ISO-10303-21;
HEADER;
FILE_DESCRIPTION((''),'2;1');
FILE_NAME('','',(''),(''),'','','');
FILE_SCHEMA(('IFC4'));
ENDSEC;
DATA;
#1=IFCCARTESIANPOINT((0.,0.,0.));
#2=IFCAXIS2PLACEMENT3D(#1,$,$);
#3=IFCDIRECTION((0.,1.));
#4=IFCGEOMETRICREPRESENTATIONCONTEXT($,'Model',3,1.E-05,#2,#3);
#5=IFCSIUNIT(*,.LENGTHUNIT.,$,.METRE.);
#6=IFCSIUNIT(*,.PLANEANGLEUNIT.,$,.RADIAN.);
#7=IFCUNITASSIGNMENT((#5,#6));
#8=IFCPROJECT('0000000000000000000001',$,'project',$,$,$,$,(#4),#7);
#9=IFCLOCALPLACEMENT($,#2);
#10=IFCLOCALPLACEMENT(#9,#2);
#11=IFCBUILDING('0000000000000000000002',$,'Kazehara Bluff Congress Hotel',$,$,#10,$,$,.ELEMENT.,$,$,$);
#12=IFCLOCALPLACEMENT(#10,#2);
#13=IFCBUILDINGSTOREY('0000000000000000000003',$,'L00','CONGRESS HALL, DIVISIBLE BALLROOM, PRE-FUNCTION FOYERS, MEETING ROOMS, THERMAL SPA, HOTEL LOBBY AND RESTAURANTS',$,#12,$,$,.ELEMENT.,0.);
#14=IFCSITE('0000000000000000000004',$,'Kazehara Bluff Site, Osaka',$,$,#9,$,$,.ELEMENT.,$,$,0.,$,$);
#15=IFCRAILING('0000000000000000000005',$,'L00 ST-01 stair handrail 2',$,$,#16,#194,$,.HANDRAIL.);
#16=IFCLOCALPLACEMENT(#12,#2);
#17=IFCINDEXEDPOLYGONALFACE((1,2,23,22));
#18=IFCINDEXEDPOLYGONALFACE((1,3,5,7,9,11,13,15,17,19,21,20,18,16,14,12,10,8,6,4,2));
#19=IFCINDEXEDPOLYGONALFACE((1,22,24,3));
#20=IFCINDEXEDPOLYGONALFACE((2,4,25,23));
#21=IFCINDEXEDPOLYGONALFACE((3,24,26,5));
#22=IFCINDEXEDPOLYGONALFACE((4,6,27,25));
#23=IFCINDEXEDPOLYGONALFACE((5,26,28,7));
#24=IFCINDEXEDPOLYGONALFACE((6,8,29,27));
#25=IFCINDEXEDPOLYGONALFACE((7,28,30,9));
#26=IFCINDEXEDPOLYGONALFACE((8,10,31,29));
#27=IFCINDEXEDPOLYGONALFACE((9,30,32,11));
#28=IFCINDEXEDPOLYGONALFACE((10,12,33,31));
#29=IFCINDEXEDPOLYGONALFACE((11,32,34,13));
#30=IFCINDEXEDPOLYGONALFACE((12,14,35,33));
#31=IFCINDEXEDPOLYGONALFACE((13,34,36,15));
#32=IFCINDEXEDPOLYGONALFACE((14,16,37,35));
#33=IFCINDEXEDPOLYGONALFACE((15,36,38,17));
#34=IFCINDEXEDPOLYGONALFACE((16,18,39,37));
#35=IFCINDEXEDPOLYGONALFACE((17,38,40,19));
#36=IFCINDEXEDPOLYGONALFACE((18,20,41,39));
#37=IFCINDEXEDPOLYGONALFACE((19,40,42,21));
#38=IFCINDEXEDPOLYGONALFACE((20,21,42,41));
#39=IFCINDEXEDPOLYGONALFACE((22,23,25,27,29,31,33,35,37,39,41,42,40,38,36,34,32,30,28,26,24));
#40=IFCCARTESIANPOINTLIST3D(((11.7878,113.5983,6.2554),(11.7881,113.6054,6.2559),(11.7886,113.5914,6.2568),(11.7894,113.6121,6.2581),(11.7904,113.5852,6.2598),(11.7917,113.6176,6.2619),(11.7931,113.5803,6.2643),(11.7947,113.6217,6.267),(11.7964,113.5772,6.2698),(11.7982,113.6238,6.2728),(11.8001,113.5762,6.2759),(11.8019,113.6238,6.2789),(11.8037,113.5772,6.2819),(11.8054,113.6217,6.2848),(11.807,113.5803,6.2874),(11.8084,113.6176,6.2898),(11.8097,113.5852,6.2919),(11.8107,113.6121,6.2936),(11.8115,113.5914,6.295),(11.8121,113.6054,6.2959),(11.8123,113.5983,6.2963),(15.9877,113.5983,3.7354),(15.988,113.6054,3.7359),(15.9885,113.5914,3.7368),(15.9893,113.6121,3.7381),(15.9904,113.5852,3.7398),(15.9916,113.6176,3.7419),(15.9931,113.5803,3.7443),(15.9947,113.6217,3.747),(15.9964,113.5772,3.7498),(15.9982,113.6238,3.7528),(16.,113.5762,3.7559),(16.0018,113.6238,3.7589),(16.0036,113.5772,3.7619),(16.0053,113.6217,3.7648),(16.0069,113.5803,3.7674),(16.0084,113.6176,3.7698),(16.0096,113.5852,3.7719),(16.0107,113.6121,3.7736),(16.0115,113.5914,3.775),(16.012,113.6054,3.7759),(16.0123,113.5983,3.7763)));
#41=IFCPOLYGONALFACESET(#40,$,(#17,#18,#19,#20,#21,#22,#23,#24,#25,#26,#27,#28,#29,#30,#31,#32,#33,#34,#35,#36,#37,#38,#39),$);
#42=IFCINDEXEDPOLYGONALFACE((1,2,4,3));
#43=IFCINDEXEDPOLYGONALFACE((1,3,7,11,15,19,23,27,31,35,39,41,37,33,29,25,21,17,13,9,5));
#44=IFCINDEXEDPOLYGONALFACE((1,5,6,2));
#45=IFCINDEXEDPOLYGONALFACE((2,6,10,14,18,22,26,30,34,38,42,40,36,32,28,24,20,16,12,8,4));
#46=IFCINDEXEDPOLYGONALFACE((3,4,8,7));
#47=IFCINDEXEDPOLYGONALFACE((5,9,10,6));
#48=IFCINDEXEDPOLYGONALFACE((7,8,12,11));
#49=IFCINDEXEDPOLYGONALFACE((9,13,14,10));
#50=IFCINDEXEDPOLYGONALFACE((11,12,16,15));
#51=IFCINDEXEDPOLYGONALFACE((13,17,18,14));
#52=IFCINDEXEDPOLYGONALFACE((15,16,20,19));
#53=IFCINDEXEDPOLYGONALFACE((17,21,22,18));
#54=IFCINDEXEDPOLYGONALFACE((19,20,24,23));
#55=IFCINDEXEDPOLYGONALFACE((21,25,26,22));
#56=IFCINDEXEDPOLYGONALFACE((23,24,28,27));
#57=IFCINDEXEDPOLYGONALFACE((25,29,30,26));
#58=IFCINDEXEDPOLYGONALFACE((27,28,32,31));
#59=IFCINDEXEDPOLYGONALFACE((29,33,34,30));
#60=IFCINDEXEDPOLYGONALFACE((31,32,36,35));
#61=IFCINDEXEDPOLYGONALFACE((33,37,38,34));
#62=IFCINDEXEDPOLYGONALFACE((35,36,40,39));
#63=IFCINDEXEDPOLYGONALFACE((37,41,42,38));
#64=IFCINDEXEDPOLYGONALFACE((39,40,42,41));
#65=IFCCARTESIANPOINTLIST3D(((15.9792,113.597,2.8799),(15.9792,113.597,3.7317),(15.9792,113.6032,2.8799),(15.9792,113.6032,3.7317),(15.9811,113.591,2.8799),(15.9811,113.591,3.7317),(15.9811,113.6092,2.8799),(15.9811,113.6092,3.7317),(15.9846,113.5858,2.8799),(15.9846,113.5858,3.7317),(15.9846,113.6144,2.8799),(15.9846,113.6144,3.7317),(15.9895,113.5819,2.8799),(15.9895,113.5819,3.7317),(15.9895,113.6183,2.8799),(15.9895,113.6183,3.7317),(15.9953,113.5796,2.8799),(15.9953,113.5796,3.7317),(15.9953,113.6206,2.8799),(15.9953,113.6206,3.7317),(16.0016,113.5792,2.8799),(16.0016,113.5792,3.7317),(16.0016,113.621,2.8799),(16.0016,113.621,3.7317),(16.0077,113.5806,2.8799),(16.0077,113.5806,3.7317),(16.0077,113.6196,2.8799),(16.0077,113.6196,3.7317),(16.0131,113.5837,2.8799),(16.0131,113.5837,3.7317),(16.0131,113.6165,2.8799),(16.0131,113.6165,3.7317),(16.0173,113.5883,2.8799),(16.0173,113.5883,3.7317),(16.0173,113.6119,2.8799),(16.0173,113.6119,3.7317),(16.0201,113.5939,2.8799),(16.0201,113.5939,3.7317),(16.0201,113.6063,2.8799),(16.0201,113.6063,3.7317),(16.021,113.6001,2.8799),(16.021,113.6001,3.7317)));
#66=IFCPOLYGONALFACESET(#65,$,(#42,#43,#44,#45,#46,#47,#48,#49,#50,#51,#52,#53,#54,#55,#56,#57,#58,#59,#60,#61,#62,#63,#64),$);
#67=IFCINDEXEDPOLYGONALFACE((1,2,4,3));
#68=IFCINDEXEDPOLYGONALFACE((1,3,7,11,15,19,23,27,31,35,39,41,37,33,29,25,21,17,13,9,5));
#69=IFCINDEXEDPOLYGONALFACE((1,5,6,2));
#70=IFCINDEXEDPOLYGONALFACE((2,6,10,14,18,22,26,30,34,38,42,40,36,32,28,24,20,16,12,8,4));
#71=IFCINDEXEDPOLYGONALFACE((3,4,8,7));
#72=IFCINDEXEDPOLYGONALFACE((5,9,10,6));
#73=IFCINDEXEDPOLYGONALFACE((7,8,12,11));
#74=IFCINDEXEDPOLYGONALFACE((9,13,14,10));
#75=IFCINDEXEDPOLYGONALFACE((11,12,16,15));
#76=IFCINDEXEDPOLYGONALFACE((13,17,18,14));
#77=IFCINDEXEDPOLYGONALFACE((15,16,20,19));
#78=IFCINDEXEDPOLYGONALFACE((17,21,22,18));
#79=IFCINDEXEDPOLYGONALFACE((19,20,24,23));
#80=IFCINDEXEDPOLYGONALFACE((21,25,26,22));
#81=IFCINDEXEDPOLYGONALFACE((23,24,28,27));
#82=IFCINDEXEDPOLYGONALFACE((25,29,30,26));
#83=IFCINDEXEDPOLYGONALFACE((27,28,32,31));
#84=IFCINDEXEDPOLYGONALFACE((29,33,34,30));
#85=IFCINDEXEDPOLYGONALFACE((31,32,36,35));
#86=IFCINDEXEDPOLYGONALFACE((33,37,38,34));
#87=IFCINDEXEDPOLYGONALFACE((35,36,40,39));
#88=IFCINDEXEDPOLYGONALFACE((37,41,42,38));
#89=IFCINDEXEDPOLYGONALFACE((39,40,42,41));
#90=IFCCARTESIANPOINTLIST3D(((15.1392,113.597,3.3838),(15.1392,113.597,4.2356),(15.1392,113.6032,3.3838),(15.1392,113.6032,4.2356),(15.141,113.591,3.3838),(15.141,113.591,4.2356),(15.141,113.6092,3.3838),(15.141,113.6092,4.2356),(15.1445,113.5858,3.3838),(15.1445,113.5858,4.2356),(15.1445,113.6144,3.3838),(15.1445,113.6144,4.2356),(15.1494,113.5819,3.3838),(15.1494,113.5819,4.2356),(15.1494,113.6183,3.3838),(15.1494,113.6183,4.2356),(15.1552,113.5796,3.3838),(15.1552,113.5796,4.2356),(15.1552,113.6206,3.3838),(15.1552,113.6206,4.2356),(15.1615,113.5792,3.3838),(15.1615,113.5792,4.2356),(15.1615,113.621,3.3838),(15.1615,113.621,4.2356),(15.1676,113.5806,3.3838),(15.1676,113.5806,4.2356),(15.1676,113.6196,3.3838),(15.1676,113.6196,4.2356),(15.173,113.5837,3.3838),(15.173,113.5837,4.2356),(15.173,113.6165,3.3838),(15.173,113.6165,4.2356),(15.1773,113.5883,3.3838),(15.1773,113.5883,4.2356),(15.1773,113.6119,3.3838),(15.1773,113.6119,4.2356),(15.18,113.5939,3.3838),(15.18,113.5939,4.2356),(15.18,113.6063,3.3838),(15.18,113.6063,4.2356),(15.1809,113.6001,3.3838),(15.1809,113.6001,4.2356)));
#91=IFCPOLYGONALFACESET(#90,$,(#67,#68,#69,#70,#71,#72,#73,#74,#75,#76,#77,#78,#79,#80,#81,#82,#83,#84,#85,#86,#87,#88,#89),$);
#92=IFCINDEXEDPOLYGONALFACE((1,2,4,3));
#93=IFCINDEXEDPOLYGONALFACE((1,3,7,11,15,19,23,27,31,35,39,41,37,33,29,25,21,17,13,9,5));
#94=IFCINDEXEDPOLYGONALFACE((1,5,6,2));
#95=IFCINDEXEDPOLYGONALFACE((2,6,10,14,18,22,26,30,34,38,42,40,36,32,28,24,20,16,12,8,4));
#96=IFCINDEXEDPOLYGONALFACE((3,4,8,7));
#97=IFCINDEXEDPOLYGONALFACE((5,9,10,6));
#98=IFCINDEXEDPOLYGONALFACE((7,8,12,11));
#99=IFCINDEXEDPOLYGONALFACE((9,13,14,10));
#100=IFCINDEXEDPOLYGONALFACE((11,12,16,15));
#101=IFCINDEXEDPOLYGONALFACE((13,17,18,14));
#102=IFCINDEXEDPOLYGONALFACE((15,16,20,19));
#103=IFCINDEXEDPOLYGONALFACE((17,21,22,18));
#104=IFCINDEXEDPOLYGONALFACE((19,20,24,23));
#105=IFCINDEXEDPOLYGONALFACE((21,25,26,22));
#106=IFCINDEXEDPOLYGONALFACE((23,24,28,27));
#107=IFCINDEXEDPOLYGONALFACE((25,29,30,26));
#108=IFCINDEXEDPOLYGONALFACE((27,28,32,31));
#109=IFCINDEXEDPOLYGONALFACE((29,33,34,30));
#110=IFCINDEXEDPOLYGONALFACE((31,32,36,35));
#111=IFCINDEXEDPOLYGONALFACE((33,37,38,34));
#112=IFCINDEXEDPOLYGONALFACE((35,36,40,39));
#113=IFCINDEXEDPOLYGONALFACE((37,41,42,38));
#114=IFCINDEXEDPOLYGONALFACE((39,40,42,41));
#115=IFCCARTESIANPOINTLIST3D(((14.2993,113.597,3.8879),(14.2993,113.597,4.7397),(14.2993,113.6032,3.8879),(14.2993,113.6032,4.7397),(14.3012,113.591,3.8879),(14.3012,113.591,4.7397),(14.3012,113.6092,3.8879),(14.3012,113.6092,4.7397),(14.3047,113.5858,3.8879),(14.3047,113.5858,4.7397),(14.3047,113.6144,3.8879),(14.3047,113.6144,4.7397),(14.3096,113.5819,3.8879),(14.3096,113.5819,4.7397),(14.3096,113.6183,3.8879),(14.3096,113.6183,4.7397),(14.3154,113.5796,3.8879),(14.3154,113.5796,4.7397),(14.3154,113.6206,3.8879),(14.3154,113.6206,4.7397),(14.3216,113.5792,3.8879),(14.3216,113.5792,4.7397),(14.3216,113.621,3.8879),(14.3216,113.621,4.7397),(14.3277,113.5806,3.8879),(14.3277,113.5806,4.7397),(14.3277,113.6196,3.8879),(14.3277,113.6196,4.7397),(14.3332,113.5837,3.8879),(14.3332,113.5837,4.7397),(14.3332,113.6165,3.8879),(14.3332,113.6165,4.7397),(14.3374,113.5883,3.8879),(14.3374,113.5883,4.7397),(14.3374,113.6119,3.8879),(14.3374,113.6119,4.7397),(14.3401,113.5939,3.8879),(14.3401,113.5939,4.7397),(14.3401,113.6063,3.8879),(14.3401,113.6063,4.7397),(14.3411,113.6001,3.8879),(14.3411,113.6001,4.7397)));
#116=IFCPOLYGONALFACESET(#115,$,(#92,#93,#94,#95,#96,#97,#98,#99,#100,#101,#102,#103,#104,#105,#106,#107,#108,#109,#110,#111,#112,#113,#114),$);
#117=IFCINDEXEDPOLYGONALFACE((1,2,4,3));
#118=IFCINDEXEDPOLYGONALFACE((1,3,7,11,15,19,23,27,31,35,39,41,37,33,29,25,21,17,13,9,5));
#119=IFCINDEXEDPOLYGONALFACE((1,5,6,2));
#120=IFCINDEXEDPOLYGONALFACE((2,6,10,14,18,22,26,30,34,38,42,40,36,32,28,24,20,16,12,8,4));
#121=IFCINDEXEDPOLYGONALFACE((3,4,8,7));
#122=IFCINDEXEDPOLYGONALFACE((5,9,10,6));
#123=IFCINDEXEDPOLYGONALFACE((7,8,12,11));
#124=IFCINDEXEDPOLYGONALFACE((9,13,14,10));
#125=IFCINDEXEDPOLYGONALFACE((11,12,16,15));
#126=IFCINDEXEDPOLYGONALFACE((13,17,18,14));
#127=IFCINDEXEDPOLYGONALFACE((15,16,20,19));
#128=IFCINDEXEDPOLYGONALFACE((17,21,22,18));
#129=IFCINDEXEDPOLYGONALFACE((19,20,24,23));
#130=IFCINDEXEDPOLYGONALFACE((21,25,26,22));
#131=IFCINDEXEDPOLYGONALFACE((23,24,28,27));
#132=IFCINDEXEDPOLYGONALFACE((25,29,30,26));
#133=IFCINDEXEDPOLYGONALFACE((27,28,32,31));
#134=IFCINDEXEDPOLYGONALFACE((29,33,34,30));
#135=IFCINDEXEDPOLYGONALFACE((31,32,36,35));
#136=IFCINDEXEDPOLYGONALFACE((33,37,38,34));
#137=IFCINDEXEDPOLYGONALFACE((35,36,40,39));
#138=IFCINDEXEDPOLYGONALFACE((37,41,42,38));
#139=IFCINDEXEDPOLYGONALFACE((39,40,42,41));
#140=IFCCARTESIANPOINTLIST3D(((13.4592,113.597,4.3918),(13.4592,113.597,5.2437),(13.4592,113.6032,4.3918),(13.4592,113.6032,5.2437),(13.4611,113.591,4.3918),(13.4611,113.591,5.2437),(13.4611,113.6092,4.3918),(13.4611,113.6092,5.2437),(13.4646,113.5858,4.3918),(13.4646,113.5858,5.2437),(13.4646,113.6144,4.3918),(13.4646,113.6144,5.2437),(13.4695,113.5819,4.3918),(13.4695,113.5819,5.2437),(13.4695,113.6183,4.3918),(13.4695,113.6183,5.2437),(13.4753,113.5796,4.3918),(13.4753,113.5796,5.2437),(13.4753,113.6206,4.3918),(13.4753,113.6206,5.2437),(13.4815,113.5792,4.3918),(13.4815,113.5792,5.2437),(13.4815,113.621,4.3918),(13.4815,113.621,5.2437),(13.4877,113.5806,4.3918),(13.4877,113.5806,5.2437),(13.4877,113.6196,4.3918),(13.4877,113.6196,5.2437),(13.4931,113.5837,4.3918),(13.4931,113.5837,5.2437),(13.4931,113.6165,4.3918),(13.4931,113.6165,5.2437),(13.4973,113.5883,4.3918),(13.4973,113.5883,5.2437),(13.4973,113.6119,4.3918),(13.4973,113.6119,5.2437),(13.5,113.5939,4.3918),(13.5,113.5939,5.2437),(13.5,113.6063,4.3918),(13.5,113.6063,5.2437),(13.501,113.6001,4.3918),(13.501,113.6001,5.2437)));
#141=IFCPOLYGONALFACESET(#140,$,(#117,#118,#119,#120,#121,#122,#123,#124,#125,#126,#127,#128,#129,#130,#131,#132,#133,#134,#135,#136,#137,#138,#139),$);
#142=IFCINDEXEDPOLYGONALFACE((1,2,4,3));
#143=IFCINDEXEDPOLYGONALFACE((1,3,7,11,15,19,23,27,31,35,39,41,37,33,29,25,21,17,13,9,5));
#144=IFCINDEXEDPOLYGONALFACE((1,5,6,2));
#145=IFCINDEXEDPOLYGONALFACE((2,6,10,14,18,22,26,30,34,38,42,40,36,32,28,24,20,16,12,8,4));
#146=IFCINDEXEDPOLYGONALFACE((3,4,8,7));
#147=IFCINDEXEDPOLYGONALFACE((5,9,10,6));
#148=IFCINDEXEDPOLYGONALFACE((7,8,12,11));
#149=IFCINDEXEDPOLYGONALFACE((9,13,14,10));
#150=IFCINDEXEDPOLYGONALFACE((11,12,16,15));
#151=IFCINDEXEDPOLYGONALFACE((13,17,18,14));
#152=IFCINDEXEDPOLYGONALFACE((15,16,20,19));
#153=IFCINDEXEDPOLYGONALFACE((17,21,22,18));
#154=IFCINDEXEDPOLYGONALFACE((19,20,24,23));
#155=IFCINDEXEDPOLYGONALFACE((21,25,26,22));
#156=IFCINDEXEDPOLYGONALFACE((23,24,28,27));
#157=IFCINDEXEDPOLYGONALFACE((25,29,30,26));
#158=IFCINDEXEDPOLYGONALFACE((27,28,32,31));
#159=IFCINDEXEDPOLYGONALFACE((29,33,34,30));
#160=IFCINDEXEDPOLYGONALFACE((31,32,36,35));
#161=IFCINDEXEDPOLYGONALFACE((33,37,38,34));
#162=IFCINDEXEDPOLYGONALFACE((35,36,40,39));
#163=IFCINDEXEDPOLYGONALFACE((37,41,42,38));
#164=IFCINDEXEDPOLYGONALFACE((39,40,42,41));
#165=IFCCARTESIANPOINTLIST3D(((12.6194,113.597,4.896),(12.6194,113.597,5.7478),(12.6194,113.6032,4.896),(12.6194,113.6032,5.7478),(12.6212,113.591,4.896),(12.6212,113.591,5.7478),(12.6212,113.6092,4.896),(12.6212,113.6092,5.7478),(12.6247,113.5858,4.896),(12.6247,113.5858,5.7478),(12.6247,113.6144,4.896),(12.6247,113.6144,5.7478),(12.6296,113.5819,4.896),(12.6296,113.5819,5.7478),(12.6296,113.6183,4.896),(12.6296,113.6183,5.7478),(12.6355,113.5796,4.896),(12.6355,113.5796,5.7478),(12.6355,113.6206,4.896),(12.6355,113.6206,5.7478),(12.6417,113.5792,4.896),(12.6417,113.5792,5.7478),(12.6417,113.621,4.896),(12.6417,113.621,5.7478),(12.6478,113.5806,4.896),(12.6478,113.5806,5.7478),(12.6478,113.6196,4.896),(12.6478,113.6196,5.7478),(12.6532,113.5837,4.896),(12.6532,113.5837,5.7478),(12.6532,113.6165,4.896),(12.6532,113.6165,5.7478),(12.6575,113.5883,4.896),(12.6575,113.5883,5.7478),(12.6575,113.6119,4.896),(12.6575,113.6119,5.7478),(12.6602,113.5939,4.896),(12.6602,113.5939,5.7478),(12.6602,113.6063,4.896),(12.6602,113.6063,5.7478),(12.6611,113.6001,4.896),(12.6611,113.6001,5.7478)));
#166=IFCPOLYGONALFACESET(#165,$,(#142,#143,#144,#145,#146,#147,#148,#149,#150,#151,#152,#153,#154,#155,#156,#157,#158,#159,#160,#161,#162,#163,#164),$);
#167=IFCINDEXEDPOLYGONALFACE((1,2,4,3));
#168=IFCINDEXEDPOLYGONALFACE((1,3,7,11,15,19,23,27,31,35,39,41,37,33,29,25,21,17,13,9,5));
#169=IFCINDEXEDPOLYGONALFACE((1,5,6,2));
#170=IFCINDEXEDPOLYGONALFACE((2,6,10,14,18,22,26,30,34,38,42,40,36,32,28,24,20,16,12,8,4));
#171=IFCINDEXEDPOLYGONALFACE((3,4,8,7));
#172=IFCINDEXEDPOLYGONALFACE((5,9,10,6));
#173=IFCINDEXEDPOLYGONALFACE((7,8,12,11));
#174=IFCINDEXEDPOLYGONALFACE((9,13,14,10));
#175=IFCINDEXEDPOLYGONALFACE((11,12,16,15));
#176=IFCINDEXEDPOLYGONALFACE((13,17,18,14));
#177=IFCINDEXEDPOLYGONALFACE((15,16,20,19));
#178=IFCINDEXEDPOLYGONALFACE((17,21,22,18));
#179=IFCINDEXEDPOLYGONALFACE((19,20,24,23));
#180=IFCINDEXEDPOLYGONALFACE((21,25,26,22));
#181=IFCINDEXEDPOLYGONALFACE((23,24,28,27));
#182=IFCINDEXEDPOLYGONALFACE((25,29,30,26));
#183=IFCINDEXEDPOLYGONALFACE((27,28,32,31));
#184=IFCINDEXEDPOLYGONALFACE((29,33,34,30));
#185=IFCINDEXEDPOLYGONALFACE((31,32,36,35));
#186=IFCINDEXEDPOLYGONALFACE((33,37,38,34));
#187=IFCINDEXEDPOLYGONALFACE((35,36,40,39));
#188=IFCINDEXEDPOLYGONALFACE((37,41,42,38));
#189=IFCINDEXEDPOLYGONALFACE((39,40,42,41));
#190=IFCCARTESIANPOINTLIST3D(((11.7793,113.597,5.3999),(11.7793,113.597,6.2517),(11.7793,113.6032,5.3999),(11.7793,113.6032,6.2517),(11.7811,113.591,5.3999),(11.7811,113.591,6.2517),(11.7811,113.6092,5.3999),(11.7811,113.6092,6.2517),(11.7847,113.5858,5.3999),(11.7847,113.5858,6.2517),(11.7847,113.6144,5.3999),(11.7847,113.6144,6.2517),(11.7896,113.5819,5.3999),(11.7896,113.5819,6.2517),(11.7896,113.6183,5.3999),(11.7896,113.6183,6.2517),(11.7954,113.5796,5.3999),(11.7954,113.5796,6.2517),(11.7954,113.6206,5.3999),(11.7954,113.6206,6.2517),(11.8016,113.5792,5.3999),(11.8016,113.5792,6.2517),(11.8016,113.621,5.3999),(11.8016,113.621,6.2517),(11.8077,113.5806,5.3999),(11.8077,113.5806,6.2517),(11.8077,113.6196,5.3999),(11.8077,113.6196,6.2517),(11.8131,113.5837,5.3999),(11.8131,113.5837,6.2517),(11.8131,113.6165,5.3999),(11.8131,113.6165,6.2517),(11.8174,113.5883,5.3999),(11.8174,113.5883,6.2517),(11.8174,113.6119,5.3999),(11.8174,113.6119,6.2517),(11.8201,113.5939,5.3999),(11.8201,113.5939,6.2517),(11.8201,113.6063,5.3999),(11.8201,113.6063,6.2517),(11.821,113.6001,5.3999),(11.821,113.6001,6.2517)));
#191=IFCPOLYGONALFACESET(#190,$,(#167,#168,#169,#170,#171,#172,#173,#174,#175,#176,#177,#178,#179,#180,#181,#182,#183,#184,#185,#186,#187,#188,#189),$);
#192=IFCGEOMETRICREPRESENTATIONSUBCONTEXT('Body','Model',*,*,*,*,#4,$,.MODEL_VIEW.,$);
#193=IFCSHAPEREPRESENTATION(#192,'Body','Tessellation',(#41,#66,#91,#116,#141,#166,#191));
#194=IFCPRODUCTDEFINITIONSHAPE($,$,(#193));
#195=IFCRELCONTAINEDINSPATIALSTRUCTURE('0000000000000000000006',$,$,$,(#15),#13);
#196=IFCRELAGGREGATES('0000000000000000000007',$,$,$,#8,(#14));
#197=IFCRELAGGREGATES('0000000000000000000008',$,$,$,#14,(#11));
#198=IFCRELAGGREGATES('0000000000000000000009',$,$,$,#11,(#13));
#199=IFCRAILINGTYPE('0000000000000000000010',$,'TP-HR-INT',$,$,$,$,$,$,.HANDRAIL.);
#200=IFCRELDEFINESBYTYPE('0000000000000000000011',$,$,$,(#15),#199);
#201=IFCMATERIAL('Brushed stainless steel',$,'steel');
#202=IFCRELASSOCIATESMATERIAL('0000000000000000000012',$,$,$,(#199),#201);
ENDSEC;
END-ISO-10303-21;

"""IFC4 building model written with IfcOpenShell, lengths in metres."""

from ifc_helpers import new_model, si_unit, direction, frame, origin, origin_2d, place, context, subcontext, project, spatial, circle, extrude, material, type_object, element, save


model = new_model("IFC4")

# Units and contexts
model_context = context("Model", 3, precision=1e-05, world=origin(), true_north=direction((0.0, 1.0)))
body_context = subcontext(model_context, "Body", "Model", "MODEL_VIEW")
ifc_project = project(units=[si_unit("LENGTHUNIT", "METRE"), si_unit("PLANEANGLEUNIT", "RADIAN")], contexts=[model_context])

# Site, building, storey
site_placement = place(None, origin())
site = spatial("IfcSite", under=ifc_project, at=site_placement, Name="Kazehara Bluff Site, Osaka", CompositionType="ELEMENT", RefElevation=0.0)
building_placement = place(site_placement, origin())
building = spatial("IfcBuilding", under=site, at=building_placement, Name="Kazehara Bluff Congress Hotel", CompositionType="ELEMENT")
storey_placement = place(building_placement, origin())
storey = spatial("IfcBuildingStorey", under=building, at=storey_placement, Name="L00", Description="CONGRESS HALL, DIVISIBLE BALLROOM, PRE-FUNCTION FOYERS, MEETING ROOMS, THERMAL SPA, HOTEL LOBBY AND RESTAURANTS", CompositionType="ELEMENT", Elevation=0.0)

# Railing
ifc_material_1 = material(Name="Brushed stainless steel", Category="steel")
railing_type_1 = type_object("IfcRailingType", Name="TP-HR-INT", PredefinedType="HANDRAIL", material=ifc_material_1)
railing_1_placement = place(storey_placement, frame((16.0, 113.6001, 2.8799)))
element("IfcRailing", 1, at=railing_1_placement, inside=storey, type_object=railing_type_1, Name="L00 ST-01 stair handrail 2", PredefinedType="HANDRAIL", context=body_context, shape_type="SweptSolid", body=[
    extrude(circle(Radius=0.0239, at=origin_2d()), frame((0.0, 0.0, 0.876), z_axis=(-0.857489, 0.0, 0.514503), x_axis=(0.0, -1.0, 0.0)), (0.0, 0.0, 1.0), 4.8979),
    extrude(circle(Radius=0.021, at=origin_2d()), origin(), (0.0, 0.0, 1.0), 0.8518),
    extrude(circle(Radius=0.021, at=origin_2d()), frame((-0.8401, 0.0, 0.5039)), (0.0, 0.0, 1.0), 0.8518),
    extrude(circle(Radius=0.021, at=origin_2d()), frame((-1.6799, 0.0, 1.0081)), (0.0, 0.0, 1.0), 0.8518),
    extrude(circle(Radius=0.021, at=origin_2d()), frame((-2.52, 0.0, 1.512)), (0.0, 0.0, 1.0), 0.8518),
    extrude(circle(Radius=0.021, at=origin_2d()), frame((-3.3599, 0.0, 2.0161)), (0.0, 0.0, 1.0), 0.8518),
    extrude(circle(Radius=0.021, at=origin_2d()), frame((-4.2, 0.0, 2.52)), (0.0, 0.0, 1.0), 0.8518),
])

save(model, "model.ifc")
